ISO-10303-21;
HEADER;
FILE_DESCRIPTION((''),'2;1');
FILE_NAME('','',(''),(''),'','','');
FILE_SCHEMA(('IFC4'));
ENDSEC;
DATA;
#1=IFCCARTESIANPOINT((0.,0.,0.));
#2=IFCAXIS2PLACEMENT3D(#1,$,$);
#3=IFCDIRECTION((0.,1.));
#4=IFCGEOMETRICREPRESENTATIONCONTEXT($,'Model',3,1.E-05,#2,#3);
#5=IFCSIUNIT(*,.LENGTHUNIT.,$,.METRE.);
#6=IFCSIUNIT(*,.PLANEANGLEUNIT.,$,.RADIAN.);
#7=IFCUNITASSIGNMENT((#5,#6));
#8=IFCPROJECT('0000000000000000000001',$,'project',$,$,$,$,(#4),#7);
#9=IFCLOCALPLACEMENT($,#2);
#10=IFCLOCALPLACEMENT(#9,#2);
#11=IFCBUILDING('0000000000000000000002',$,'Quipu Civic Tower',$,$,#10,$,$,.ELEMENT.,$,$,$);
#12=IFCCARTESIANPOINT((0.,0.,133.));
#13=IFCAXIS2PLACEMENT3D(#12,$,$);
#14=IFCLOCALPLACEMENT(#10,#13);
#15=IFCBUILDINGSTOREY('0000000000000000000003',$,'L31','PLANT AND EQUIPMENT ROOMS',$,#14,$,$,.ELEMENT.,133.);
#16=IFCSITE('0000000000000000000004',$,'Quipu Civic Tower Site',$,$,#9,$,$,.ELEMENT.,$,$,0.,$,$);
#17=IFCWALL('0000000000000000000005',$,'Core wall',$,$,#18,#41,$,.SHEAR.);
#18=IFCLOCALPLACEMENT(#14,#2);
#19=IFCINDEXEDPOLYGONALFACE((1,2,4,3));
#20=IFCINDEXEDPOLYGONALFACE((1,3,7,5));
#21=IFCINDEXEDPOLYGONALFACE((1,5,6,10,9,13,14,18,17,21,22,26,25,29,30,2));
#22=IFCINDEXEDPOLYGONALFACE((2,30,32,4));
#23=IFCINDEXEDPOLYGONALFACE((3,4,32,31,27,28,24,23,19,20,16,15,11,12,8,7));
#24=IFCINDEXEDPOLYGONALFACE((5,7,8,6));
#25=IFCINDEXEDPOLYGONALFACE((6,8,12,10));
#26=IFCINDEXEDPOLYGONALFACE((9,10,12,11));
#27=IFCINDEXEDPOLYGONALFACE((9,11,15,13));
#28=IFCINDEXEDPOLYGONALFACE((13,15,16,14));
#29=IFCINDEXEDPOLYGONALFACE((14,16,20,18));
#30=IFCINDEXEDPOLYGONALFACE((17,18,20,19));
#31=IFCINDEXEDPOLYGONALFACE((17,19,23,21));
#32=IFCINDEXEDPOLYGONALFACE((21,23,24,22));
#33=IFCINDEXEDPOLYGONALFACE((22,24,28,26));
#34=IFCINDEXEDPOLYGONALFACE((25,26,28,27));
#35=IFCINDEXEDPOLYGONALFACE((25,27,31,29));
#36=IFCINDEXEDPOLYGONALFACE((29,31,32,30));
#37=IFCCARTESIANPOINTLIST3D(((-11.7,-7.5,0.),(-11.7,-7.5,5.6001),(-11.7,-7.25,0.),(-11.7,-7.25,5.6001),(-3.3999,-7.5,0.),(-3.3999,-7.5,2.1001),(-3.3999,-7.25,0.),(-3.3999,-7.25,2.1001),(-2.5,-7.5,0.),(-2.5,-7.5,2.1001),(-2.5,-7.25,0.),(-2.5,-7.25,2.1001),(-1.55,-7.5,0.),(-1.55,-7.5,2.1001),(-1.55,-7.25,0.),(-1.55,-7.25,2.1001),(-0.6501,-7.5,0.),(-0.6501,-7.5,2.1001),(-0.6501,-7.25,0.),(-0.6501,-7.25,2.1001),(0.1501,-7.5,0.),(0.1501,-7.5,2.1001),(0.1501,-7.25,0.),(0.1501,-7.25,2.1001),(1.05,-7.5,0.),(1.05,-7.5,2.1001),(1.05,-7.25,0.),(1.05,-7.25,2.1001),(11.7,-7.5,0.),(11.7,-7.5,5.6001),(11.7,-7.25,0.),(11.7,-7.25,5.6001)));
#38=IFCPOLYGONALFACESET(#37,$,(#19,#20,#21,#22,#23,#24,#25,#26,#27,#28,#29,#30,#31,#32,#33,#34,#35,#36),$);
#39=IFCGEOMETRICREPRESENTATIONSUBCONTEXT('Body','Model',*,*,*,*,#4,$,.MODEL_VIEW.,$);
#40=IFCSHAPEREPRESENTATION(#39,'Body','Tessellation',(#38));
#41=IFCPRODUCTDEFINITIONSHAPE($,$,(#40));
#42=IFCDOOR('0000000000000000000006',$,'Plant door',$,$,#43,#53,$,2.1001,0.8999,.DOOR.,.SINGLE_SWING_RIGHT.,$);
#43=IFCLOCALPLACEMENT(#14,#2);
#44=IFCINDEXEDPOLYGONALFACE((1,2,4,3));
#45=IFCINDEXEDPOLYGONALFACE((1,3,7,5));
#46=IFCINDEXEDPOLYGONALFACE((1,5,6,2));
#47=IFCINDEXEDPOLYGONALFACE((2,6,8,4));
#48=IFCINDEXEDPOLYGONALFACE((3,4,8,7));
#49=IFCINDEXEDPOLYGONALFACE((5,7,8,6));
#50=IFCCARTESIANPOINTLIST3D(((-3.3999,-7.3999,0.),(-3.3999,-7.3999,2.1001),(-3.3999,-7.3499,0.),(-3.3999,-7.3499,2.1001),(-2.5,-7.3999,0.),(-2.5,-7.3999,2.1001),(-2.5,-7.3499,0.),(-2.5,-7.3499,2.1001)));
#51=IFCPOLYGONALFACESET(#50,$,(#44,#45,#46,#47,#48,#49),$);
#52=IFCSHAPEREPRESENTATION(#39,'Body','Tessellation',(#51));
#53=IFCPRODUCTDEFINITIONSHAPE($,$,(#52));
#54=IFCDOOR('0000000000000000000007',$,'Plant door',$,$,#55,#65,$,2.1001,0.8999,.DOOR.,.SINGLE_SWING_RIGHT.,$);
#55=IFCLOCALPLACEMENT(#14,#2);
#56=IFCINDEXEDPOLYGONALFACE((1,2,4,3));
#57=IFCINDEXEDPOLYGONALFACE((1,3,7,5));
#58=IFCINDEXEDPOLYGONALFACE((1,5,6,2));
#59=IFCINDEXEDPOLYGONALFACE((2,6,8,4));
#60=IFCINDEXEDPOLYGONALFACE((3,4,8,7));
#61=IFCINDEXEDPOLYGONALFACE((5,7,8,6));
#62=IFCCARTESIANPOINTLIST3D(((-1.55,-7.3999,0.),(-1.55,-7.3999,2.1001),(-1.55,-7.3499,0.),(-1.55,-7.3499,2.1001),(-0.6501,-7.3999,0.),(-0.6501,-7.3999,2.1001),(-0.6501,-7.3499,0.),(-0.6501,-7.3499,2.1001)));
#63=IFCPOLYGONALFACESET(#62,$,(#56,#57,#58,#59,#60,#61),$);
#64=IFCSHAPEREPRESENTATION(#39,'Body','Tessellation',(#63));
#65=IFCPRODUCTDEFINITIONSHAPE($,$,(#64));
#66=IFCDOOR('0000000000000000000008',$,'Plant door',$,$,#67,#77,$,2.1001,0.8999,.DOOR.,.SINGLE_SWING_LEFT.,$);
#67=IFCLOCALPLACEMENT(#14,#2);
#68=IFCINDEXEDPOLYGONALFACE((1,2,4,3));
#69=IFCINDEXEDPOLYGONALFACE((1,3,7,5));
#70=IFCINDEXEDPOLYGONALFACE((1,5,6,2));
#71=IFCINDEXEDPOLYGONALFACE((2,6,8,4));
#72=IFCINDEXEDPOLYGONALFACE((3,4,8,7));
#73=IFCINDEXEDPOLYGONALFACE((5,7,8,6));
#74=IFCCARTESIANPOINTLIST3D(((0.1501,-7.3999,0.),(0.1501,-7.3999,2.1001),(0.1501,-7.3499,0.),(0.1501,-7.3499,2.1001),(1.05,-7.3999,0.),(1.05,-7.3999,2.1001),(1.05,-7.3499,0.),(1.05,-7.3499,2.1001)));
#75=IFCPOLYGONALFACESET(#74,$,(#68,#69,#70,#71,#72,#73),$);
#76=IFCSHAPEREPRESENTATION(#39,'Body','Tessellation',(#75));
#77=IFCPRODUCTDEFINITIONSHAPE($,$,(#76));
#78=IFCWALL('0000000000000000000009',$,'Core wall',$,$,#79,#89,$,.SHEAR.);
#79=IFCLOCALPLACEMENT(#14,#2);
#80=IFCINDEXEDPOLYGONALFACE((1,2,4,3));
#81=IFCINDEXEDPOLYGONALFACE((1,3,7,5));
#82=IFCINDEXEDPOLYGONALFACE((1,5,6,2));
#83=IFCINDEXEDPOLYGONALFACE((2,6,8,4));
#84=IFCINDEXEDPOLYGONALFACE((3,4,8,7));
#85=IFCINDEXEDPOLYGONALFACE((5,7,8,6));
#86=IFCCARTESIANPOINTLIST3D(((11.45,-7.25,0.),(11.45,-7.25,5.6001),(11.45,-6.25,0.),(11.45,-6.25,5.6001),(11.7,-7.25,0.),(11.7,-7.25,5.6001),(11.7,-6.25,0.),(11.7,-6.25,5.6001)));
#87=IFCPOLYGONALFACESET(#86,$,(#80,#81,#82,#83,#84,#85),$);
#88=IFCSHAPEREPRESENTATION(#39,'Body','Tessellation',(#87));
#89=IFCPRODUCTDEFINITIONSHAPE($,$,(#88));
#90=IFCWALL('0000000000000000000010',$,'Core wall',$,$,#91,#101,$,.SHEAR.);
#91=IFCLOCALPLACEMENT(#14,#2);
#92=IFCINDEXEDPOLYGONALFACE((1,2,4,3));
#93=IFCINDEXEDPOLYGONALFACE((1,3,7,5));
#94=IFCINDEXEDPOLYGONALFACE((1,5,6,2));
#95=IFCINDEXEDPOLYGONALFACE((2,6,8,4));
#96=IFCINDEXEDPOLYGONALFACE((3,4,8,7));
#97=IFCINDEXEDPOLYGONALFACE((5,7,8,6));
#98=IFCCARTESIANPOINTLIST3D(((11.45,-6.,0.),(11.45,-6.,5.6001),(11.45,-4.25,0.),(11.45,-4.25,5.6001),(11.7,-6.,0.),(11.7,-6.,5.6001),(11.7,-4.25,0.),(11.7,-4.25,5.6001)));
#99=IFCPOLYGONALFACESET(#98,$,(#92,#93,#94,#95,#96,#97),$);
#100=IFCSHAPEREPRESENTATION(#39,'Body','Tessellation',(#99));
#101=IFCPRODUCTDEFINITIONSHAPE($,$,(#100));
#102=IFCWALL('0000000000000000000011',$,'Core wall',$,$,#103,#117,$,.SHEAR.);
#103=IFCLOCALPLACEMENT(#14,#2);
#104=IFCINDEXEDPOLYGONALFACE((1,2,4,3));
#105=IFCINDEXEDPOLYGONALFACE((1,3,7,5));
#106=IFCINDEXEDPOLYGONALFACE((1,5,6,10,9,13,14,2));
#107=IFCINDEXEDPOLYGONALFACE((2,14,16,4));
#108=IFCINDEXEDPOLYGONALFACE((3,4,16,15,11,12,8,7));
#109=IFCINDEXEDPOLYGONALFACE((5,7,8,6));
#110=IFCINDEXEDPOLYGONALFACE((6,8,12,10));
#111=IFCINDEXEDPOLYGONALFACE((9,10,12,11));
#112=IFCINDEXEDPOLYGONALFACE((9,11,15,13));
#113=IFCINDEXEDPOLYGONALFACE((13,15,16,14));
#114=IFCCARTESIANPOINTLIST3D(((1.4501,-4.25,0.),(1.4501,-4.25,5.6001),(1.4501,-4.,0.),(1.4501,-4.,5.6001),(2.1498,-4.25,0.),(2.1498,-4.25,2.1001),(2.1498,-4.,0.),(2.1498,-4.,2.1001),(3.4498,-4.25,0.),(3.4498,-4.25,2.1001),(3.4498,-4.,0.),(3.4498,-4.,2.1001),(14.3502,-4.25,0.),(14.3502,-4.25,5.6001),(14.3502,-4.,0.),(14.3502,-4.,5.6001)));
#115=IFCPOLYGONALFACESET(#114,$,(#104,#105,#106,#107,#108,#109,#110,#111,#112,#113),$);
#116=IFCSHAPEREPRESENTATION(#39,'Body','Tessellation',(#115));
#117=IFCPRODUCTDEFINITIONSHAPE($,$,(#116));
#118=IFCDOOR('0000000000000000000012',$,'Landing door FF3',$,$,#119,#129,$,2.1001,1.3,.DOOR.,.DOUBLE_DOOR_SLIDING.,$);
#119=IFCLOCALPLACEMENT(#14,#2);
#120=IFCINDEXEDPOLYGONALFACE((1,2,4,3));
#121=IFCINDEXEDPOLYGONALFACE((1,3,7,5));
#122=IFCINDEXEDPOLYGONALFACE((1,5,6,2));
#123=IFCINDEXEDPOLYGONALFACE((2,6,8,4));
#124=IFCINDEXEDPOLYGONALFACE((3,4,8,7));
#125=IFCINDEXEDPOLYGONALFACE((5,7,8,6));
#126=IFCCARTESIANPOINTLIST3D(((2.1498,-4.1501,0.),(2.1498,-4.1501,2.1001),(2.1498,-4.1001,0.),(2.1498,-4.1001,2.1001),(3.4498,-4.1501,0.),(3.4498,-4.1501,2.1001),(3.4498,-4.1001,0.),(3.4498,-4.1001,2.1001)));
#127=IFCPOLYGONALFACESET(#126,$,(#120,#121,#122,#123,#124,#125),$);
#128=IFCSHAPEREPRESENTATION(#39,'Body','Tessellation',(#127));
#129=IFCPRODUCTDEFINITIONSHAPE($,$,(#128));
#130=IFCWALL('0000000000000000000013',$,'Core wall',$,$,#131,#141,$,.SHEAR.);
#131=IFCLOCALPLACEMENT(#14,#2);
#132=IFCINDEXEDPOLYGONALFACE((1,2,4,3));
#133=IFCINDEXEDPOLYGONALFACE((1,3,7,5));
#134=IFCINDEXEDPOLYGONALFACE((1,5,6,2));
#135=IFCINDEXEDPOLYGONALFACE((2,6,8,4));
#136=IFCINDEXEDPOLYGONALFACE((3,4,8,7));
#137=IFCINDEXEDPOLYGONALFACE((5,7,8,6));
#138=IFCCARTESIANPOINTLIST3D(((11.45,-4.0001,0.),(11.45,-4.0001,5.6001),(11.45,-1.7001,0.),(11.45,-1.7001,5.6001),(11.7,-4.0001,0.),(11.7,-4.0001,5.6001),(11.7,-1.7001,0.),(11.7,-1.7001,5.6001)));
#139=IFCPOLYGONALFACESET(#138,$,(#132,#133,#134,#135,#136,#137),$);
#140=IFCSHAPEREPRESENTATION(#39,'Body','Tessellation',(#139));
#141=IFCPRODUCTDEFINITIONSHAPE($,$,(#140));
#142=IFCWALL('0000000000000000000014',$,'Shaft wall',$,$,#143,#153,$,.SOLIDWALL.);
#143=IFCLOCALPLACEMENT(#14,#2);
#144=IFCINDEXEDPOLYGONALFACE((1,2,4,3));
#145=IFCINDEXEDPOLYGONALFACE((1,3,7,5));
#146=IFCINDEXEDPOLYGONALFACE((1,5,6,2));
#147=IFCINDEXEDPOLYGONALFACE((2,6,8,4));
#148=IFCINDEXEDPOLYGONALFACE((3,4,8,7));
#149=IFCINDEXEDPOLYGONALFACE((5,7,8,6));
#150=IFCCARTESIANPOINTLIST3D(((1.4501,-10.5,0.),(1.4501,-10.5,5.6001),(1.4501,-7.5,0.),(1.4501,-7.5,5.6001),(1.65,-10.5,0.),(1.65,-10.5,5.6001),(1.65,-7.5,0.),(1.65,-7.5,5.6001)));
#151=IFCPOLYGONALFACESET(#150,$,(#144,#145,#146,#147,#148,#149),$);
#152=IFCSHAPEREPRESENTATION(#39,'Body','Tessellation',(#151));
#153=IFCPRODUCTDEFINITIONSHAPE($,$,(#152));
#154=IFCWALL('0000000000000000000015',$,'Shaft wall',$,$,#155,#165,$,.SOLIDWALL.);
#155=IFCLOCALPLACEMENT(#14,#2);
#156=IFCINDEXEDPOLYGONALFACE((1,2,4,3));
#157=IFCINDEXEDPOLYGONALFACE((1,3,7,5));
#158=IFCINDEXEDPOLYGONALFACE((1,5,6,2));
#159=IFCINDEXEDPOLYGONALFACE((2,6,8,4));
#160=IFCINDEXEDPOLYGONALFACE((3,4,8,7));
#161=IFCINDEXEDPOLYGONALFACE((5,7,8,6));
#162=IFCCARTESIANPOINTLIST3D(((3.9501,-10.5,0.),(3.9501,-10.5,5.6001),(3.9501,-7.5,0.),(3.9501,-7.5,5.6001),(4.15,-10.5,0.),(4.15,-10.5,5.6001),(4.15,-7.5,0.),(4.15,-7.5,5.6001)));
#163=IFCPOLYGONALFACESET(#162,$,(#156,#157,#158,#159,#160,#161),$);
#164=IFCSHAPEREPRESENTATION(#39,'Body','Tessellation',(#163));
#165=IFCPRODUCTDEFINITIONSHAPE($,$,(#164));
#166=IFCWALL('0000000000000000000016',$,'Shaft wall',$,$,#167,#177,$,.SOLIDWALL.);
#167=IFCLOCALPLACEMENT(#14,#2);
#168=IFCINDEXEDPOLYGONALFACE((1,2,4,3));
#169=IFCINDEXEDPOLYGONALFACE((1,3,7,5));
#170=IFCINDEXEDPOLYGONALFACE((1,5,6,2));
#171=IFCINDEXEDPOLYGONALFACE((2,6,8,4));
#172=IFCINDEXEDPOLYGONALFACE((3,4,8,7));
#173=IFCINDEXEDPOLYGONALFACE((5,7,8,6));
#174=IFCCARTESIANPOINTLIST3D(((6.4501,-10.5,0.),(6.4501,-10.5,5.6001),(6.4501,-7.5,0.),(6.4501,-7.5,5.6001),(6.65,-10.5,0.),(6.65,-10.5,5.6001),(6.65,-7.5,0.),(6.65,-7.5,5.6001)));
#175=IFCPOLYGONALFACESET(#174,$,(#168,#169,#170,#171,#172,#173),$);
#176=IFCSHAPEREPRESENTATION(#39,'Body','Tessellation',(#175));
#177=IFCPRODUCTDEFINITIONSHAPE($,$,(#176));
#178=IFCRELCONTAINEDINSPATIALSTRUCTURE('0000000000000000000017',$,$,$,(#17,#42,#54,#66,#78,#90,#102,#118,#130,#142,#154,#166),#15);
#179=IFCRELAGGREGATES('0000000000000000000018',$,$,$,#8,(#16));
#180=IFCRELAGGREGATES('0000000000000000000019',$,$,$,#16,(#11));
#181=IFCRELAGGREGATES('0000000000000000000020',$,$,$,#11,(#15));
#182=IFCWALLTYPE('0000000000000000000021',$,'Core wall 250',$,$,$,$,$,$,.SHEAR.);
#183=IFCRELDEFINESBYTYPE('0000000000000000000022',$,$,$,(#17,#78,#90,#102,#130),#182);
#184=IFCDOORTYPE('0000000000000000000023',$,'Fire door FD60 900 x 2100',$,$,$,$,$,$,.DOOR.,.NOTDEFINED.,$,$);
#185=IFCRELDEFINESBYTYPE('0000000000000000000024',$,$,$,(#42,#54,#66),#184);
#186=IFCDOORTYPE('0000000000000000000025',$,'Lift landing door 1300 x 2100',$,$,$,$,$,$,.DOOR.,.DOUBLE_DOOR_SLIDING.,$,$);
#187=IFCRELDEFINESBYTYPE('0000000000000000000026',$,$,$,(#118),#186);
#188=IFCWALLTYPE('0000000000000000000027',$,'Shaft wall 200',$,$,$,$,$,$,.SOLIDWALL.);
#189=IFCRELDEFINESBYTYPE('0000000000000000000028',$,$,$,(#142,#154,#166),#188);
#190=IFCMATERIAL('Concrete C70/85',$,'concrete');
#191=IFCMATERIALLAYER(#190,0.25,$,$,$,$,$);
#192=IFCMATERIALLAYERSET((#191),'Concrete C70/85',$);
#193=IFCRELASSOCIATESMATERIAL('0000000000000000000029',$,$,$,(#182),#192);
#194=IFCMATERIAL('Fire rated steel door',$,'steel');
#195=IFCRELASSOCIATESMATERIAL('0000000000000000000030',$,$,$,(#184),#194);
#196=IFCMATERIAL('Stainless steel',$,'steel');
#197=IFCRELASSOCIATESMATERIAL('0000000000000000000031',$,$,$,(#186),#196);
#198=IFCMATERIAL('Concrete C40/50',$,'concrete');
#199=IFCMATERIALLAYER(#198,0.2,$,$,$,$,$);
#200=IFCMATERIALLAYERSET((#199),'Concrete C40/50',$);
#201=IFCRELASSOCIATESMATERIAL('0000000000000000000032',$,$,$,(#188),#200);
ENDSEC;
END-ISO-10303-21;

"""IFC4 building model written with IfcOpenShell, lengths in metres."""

from ifc_helpers import new_model, si_unit, direction, frame, frame_2d, origin, place, context, subcontext, project, spatial, rectangle, extrude, material, layer, layer_set, type_object, element, fill, save


model = new_model("IFC4")

# Units and contexts
model_context = context("Model", 3, precision=1e-05, world=origin(), true_north=direction((0.0, 1.0)))
body_context = subcontext(model_context, "Body", "Model", "MODEL_VIEW")
ifc_project = project(units=[si_unit("LENGTHUNIT", "METRE"), si_unit("PLANEANGLEUNIT", "RADIAN")], contexts=[model_context])

# Site, building, storey
site_placement = place(None, origin())
site = spatial("IfcSite", under=ifc_project, at=site_placement, Name="Quipu Civic Tower Site", CompositionType="ELEMENT", RefElevation=0.0)
building_placement = place(site_placement, origin())
building = spatial("IfcBuilding", under=site, at=building_placement, Name="Quipu Civic Tower", CompositionType="ELEMENT")
storey_placement = place(building_placement, frame((0.0, 0.0, 133.0)))
storey = spatial("IfcBuildingStorey", under=building, at=storey_placement, Name="L31", Description="PLANT AND EQUIPMENT ROOMS", CompositionType="ELEMENT", Elevation=133.0)

# Shared definitions
ifc_material_1 = material(Name="Concrete C70/85", Category="concrete")
ifc_layer_1 = layer(ifc_material_1, 0.25)
ifc_layer_set_1 = layer_set([ifc_layer_1], Name="Concrete C70/85")
wall_type_1 = type_object("IfcWallType", Name="Core wall 250", PredefinedType="SHEAR", material=ifc_layer_set_1)

# Wall, openings, doors
wall_1_placement = place(storey_placement, frame((11.7, -7.375, 0.0), z_axis=(0.0, 0.0, 1.0), x_axis=(-1.0, 0.0, 0.0)))
wall_1 = element("IfcWall", 1, at=wall_1_placement, inside=storey, type_object=wall_type_1, Name="Core wall", PredefinedType="SHEAR", context=body_context, shape_type="SweptSolid", body=[
    extrude(rectangle(XDim=23.3999, YDim=0.25, at=frame_2d((11.7, 0.0))), origin(), (0.0, 0.0, 1.0), 5.6001),
])
opening_1_placement = place(wall_1_placement, frame((14.2, 0.0, 0.0)))
opening_1 = element("IfcOpeningElement", 2, at=opening_1_placement, cuts=wall_1, PredefinedType="OPENING", context=body_context, shape_type="SweptSolid", body=[
    extrude(rectangle(XDim=0.8999, YDim=2.1001, at=frame_2d((0.45, 1.05))), frame((0.0, 0.135, 0.0), z_axis=(0.0, -1.0, 0.0), x_axis=(1.0, 0.0, 0.0)), (0.0, 0.0, 1.0), 0.27),
])
opening_2_placement = place(wall_1_placement, frame((12.3501, 0.0, 0.0)))
opening_2 = element("IfcOpeningElement", 3, at=opening_2_placement, cuts=wall_1, PredefinedType="OPENING", context=body_context, shape_type="SweptSolid", body=[
    extrude(rectangle(XDim=0.8999, YDim=2.1001, at=frame_2d((0.45, 1.05))), frame((0.0, 0.135, 0.0), z_axis=(0.0, -1.0, 0.0), x_axis=(1.0, 0.0, 0.0)), (0.0, 0.0, 1.0), 0.27),
])
opening_3_placement = place(wall_1_placement, frame((10.6499, 0.0, 0.0)))
opening_3 = element("IfcOpeningElement", 4, at=opening_3_placement, cuts=wall_1, PredefinedType="OPENING", context=body_context, shape_type="SweptSolid", body=[
    extrude(rectangle(XDim=0.8999, YDim=2.1001, at=frame_2d((0.45, 1.05))), frame((0.0, 0.135, 0.0), z_axis=(0.0, -1.0, 0.0), x_axis=(1.0, 0.0, 0.0)), (0.0, 0.0, 1.0), 0.27),
])
ifc_material_2 = material(Name="Fire rated steel door", Category="steel")
door_type_1 = type_object("IfcDoorType", Name="Fire door FD60 900 x 2100", OperationType="NOTDEFINED", PredefinedType="DOOR", material=ifc_material_2)
door_1_placement = place(opening_1_placement, origin())
door_1 = element("IfcDoor", 5, at=door_1_placement, inside=storey, type_object=door_type_1, Name="Plant door", OperationType="SINGLE_SWING_RIGHT", OverallHeight=2.1001, OverallWidth=0.8999, PredefinedType="DOOR", context=body_context, shape_type="SweptSolid", body=[
    extrude(rectangle(XDim=0.8999, YDim=2.1001, at=frame_2d((0.45, 1.05))), frame((0.0, 0.0249, 0.0), z_axis=(0.0, -1.0, 0.0), x_axis=(1.0, 0.0, 0.0)), (0.0, 0.0, 1.0), 0.05),
])
fill(opening_1, door_1)
door_2_placement = place(opening_2_placement, origin())
door_2 = element("IfcDoor", 6, at=door_2_placement, inside=storey, type_object=door_type_1, Name="Plant door", OperationType="SINGLE_SWING_RIGHT", OverallHeight=2.1001, OverallWidth=0.8999, PredefinedType="DOOR", context=body_context, shape_type="SweptSolid", body=[
    extrude(rectangle(XDim=0.8999, YDim=2.1001, at=frame_2d((0.45, 1.05))), frame((0.0, 0.0249, 0.0), z_axis=(0.0, -1.0, 0.0), x_axis=(1.0, 0.0, 0.0)), (0.0, 0.0, 1.0), 0.05),
])
fill(opening_2, door_2)
door_3_placement = place(opening_3_placement, origin())
door_3 = element("IfcDoor", 7, at=door_3_placement, inside=storey, type_object=door_type_1, Name="Plant door", OperationType="SINGLE_SWING_LEFT", OverallHeight=2.1001, OverallWidth=0.8999, PredefinedType="DOOR", context=body_context, shape_type="SweptSolid", body=[
    extrude(rectangle(XDim=0.8999, YDim=2.1001, at=frame_2d((0.45, 1.05))), frame((0.0, 0.0249, 0.0), z_axis=(0.0, -1.0, 0.0), x_axis=(1.0, 0.0, 0.0)), (0.0, 0.0, 1.0), 0.05),
])
fill(opening_3, door_3)

# Walls
wall_2_placement = place(storey_placement, frame((11.575, -7.25, 0.0), z_axis=(0.0, 0.0, 1.0), x_axis=(0.0, 1.0, 0.0)))
element("IfcWall", 8, at=wall_2_placement, inside=storey, type_object=wall_type_1, Name="Core wall", PredefinedType="SHEAR", context=body_context, shape_type="SweptSolid", body=[
    extrude(rectangle(XDim=1.0, YDim=0.25, at=frame_2d((0.5, 0.0))), origin(), (0.0, 0.0, 1.0), 5.6001),
])
wall_3_placement = place(storey_placement, frame((11.575, -6.0, 0.0), z_axis=(0.0, 0.0, 1.0), x_axis=(0.0, 1.0, 0.0)))
element("IfcWall", 9, at=wall_3_placement, inside=storey, type_object=wall_type_1, Name="Core wall", PredefinedType="SHEAR", context=body_context, shape_type="SweptSolid", body=[
    extrude(rectangle(XDim=1.75, YDim=0.25, at=frame_2d((0.875, 0.0))), origin(), (0.0, 0.0, 1.0), 5.6001),
])

# Wall, opening, door
wall_4_placement = place(storey_placement, frame((1.45, -4.125, 0.0), z_axis=(0.0, 0.0, 1.0), x_axis=(1.0, 0.0, 0.0)))
wall_4 = element("IfcWall", 10, at=wall_4_placement, inside=storey, type_object=wall_type_1, Name="Core wall", PredefinedType="SHEAR", context=body_context, shape_type="SweptSolid", body=[
    extrude(rectangle(XDim=12.9001, YDim=0.25, at=frame_2d((6.4502, 0.0))), origin(), (0.0, 0.0, 1.0), 5.6001),
])
opening_4_placement = place(wall_4_placement, frame((0.7, 0.0, 0.0)))
opening_4 = element("IfcOpeningElement", 11, at=opening_4_placement, cuts=wall_4, PredefinedType="OPENING", context=body_context, shape_type="SweptSolid", body=[
    extrude(rectangle(XDim=1.3, YDim=2.1001, at=frame_2d((0.6499, 1.05))), frame((0.0, 0.135, 0.0), z_axis=(0.0, -1.0, 0.0), x_axis=(1.0, 0.0, 0.0)), (0.0, 0.0, 1.0), 0.27),
])
ifc_material_3 = material(Name="Stainless steel", Category="steel")
door_type_2 = type_object("IfcDoorType", Name="Lift landing door 1300 x 2100", OperationType="DOUBLE_DOOR_SLIDING", PredefinedType="DOOR", material=ifc_material_3)
door_4_placement = place(opening_4_placement, origin())
door_4 = element("IfcDoor", 12, at=door_4_placement, inside=storey, type_object=door_type_2, Name="Landing door FF3", OperationType="DOUBLE_DOOR_SLIDING", OverallHeight=2.1001, OverallWidth=1.3, PredefinedType="DOOR", context=body_context, shape_type="SweptSolid", body=[
    extrude(rectangle(XDim=1.3, YDim=2.1001, at=frame_2d((0.6499, 1.05))), frame((0.0, 0.0249, 0.0), z_axis=(0.0, -1.0, 0.0), x_axis=(1.0, 0.0, 0.0)), (0.0, 0.0, 1.0), 0.05),
])
fill(opening_4, door_4)

# Walls
wall_5_placement = place(storey_placement, frame((11.575, -4.0, 0.0), z_axis=(0.0, 0.0, 1.0), x_axis=(0.0, 1.0, 0.0)))
element("IfcWall", 13, at=wall_5_placement, inside=storey, type_object=wall_type_1, Name="Core wall", PredefinedType="SHEAR", context=body_context, shape_type="SweptSolid", body=[
    extrude(rectangle(XDim=2.3, YDim=0.25, at=frame_2d((1.1499, 0.0))), origin(), (0.0, 0.0, 1.0), 5.6001),
])
ifc_material_4 = material(Name="Concrete C40/50", Category="concrete")
ifc_layer_2 = layer(ifc_material_4, 0.2)
ifc_layer_set_2 = layer_set([ifc_layer_2], Name="Concrete C40/50")
wall_type_2 = type_object("IfcWallType", Name="Shaft wall 200", PredefinedType="SOLIDWALL", material=ifc_layer_set_2)
for number, where, z_axis, x_axis, name in (
    (14, (1.55, -10.5, 0.0), (0.0, 0.0, 1.0), (0.0, 1.0, 0.0), "Shaft wall"),
    (15, (4.05, -10.5, 0.0), (0.0, 0.0, 1.0), (0.0, 1.0, 0.0), "Shaft wall"),
    (16, (6.55, -10.5, 0.0), (0.0, 0.0, 1.0), (0.0, 1.0, 0.0), "Shaft wall"),
):
    element("IfcWall", number, at=place(storey_placement, frame(where, z_axis=z_axis, x_axis=x_axis)), inside=storey, type_object=wall_type_2, Name=name, PredefinedType="SOLIDWALL", context=body_context, shape_type="SweptSolid", body=[
        extrude(rectangle(XDim=3.0, YDim=0.2, at=frame_2d((1.5, 0.0))), origin(), (0.0, 0.0, 1.0), 5.6001),
    ])

save(model, "model.ifc")
